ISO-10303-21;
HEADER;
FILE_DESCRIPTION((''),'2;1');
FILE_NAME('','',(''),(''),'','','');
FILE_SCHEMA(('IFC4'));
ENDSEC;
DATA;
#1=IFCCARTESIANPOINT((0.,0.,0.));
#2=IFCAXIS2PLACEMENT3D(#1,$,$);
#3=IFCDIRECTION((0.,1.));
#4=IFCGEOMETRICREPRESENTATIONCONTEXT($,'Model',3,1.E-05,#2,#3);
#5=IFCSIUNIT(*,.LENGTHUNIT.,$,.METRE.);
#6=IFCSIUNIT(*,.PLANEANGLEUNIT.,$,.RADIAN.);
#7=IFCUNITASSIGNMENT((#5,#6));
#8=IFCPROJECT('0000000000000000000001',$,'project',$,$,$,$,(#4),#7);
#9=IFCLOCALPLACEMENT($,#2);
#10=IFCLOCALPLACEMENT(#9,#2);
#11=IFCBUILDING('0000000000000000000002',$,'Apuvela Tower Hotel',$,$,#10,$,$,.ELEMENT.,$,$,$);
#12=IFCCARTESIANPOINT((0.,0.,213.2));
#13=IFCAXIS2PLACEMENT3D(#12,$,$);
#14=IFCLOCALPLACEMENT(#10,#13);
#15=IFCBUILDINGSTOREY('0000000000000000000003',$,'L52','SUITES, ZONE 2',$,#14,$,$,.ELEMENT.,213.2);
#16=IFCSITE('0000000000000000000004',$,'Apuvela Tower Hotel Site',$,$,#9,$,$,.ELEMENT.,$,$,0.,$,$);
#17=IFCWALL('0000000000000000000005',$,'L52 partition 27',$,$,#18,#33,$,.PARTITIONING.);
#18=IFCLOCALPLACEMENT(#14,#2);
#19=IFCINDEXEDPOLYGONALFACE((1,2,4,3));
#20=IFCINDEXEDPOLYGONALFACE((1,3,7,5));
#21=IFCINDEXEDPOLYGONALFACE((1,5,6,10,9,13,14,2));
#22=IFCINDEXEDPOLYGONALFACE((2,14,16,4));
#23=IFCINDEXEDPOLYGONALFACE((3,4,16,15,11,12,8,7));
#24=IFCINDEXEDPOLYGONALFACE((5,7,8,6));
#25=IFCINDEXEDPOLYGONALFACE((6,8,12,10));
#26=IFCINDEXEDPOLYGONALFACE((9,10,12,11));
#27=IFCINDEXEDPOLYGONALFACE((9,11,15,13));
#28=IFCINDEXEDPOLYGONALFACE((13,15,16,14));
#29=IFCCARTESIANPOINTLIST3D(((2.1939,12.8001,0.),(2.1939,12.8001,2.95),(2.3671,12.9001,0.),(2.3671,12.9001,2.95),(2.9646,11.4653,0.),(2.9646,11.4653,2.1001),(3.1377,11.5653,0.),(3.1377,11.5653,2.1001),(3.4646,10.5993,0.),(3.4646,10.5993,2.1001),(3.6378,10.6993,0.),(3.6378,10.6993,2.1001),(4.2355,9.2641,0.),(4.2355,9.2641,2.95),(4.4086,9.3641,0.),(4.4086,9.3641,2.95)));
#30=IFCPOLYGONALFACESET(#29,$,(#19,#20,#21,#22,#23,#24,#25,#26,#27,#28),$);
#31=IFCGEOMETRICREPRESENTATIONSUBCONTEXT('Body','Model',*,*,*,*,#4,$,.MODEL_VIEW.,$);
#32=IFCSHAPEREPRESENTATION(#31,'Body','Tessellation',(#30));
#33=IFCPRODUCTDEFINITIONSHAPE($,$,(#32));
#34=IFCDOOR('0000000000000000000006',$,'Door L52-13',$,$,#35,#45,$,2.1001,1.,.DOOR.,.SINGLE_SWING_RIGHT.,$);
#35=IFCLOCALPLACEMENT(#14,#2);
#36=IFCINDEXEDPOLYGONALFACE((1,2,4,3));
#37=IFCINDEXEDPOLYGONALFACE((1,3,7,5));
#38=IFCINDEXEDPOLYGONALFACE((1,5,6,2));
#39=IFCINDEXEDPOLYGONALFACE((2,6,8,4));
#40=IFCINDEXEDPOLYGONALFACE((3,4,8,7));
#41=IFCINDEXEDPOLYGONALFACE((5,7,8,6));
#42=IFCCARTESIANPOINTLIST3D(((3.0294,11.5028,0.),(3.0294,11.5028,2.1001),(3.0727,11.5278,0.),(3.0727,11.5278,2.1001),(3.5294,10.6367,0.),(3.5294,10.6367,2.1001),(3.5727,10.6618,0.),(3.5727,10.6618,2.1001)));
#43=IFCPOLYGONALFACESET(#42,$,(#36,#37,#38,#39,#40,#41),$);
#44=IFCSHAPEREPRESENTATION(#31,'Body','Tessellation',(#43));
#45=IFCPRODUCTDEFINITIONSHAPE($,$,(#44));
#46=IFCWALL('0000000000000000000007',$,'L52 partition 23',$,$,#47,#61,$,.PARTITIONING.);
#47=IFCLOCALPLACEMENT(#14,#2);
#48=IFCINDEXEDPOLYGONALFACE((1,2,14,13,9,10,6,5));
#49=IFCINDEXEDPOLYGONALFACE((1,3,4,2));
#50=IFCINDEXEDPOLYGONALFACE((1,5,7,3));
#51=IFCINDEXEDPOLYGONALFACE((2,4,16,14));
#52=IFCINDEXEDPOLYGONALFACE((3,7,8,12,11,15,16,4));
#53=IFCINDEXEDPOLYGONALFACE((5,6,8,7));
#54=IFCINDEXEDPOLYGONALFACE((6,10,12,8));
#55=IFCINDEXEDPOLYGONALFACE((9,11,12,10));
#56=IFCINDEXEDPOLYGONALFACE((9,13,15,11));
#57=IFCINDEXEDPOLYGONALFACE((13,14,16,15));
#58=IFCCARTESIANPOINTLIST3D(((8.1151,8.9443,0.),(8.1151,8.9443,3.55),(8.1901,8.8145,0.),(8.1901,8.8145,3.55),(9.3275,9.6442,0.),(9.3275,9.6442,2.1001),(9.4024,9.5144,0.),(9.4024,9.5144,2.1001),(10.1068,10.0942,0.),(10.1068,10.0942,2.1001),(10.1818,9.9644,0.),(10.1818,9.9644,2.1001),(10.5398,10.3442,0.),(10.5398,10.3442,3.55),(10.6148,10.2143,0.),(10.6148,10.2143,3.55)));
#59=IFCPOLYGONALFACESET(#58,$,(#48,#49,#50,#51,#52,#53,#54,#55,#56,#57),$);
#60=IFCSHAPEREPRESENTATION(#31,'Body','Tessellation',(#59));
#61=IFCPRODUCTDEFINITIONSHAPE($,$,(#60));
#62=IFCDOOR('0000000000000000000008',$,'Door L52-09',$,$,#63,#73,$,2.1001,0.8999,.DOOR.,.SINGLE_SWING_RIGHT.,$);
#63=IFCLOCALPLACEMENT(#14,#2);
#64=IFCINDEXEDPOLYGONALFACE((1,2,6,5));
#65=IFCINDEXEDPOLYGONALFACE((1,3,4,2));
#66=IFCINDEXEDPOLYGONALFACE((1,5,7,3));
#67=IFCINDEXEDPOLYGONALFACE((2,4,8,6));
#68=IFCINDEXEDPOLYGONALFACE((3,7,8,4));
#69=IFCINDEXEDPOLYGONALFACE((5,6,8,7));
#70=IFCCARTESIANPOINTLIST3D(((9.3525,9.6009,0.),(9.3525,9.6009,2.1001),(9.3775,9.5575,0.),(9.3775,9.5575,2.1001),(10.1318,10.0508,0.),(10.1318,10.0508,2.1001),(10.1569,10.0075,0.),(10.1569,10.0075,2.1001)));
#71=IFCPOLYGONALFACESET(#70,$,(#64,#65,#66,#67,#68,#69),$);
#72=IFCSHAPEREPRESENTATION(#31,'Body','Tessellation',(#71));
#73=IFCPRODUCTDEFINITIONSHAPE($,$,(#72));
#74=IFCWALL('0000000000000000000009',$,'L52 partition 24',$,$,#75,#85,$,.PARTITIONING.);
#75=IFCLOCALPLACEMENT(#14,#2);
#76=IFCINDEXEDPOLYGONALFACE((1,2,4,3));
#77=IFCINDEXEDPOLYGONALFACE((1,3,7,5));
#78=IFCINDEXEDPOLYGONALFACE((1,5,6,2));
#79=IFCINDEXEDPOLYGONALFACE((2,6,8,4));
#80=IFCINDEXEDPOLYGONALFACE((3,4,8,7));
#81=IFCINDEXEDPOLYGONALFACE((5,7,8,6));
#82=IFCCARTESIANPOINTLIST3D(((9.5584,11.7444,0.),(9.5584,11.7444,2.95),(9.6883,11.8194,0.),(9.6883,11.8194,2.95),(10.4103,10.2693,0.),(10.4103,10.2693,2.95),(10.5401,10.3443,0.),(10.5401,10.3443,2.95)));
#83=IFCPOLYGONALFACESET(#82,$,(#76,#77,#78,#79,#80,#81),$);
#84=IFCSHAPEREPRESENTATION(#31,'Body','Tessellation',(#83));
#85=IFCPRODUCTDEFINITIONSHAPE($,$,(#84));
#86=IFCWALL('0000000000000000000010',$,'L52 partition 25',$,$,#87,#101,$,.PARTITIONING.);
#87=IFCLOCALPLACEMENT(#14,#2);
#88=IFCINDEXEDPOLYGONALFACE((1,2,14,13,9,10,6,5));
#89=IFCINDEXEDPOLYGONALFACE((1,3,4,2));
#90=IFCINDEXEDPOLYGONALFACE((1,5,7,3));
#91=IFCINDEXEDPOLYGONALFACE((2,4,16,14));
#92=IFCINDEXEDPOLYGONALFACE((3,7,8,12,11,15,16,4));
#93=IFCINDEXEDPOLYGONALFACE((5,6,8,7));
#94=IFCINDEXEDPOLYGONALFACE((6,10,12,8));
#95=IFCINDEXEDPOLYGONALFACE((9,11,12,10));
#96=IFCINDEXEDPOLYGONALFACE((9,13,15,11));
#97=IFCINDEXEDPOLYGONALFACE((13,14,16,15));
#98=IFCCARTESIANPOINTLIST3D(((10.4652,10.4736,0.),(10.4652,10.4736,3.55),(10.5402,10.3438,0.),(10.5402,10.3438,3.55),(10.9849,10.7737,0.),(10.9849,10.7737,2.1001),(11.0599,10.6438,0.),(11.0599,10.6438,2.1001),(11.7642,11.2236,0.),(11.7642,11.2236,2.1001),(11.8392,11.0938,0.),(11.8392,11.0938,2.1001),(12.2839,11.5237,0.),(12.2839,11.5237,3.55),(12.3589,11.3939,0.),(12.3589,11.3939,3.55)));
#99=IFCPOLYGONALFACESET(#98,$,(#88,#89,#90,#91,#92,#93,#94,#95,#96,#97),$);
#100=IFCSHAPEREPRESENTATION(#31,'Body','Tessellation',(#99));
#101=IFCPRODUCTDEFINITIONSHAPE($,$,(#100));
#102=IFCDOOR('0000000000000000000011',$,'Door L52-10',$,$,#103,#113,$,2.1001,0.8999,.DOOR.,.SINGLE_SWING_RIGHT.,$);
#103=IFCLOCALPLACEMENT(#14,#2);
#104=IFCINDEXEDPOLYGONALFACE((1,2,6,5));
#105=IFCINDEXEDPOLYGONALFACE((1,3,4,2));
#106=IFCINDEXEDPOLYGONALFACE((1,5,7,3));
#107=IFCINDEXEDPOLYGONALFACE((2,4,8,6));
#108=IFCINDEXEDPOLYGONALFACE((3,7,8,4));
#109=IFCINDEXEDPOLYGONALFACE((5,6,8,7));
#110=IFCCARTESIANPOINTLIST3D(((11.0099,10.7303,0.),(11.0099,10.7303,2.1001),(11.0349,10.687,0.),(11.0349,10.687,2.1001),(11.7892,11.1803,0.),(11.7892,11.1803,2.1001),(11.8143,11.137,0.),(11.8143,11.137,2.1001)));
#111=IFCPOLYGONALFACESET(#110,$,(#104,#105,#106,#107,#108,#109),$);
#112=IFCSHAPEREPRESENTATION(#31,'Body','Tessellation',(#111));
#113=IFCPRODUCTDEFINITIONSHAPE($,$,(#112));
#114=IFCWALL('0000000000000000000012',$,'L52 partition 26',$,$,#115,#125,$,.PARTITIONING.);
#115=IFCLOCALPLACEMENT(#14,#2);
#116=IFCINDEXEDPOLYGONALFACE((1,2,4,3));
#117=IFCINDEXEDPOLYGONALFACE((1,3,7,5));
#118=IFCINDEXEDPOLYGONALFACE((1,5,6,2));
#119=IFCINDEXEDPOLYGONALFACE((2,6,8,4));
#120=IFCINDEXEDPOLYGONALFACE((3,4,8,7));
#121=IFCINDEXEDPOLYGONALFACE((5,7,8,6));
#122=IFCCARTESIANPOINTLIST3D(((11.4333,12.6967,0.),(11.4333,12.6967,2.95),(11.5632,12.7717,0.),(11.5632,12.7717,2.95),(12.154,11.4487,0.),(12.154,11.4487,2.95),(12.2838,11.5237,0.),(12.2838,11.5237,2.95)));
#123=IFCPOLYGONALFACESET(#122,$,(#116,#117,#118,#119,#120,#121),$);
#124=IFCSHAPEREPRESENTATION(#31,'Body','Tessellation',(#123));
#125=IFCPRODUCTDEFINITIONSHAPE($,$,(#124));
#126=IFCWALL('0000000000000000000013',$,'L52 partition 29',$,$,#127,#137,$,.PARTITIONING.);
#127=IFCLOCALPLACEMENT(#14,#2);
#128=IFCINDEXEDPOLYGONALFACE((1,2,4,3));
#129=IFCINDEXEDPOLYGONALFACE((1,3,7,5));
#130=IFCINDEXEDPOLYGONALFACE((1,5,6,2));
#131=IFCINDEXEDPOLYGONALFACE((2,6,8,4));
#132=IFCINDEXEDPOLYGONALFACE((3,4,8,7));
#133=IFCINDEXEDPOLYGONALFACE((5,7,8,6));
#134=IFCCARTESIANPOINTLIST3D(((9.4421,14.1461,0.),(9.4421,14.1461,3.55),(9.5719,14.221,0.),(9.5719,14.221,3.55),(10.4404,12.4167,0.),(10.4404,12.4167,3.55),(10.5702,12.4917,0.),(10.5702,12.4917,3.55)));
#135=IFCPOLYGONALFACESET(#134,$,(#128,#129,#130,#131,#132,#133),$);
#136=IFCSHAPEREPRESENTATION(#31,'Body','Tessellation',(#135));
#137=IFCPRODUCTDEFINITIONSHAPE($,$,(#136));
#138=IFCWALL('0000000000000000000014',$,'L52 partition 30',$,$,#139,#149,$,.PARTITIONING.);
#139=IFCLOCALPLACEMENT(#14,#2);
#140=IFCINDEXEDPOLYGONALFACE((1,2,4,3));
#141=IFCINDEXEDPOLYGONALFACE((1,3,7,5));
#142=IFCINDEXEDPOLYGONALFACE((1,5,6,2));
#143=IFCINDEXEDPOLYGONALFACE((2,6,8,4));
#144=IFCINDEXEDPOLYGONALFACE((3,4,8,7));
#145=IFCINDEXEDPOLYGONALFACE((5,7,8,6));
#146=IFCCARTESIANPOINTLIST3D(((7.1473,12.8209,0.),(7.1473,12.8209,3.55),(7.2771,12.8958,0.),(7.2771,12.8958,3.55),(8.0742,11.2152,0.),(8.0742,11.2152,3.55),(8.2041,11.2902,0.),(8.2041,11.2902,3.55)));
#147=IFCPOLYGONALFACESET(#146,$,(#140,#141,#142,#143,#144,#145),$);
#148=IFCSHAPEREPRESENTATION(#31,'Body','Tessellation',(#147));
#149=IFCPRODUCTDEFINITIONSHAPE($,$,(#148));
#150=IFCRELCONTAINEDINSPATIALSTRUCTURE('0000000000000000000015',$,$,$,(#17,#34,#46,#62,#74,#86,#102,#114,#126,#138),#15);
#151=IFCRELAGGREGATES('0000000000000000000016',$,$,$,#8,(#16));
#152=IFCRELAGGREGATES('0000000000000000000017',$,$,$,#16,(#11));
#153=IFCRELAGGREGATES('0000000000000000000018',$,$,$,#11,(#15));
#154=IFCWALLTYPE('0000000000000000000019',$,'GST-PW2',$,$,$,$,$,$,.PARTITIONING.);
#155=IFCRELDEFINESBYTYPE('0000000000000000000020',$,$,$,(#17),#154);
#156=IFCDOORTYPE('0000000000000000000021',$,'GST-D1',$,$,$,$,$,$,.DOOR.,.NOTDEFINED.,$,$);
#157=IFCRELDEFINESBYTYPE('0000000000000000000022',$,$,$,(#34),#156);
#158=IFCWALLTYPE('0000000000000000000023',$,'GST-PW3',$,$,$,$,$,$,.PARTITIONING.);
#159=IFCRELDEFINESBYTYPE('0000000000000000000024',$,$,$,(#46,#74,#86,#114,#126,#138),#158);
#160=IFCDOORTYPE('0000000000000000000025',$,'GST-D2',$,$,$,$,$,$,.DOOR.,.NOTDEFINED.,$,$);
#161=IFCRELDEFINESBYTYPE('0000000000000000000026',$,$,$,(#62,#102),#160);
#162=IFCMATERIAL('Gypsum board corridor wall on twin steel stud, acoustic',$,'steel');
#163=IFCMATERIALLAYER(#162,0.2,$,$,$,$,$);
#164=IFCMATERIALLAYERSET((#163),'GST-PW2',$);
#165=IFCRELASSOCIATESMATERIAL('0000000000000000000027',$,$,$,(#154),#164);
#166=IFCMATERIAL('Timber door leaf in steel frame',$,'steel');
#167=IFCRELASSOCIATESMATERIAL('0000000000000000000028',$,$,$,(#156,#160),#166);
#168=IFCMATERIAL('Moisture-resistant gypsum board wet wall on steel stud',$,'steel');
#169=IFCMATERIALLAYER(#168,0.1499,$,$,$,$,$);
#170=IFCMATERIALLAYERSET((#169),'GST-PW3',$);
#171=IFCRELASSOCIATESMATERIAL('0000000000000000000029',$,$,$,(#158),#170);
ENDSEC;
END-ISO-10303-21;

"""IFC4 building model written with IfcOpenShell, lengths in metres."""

from ifc_helpers import new_model, si_unit, direction, frame, frame_2d, origin, place, context, subcontext, project, spatial, rectangle, extrude, material, layer, layer_set, type_object, element, fill, save


model = new_model("IFC4")

# Units and contexts
model_context = context("Model", 3, precision=1e-05, world=origin(), true_north=direction((0.0, 1.0)))
body_context = subcontext(model_context, "Body", "Model", "MODEL_VIEW")
ifc_project = project(units=[si_unit("LENGTHUNIT", "METRE"), si_unit("PLANEANGLEUNIT", "RADIAN")], contexts=[model_context])

# Site, building, storey
site_placement = place(None, origin())
site = spatial("IfcSite", under=ifc_project, at=site_placement, Name="Apuvela Tower Hotel Site", CompositionType="ELEMENT", RefElevation=0.0)
building_placement = place(site_placement, origin())
building = spatial("IfcBuilding", under=site, at=building_placement, Name="Apuvela Tower Hotel", CompositionType="ELEMENT")
storey_placement = place(building_placement, frame((0.0, 0.0, 213.2)))
storey = spatial("IfcBuildingStorey", under=building, at=storey_placement, Name="L52", Description="SUITES, ZONE 2", CompositionType="ELEMENT", Elevation=213.2)

# Walls, openings, doors
ifc_material_1 = material(Name="Gypsum board corridor wall on twin steel stud, acoustic", Category="steel")
ifc_layer_1 = layer(ifc_material_1, 0.2)
ifc_layer_set_1 = layer_set([ifc_layer_1], Name="GST-PW2")
wall_type_1 = type_object("IfcWallType", Name="GST-PW2", PredefinedType="PARTITIONING", material=ifc_layer_set_1)
ifc_material_2 = material(Name="Timber door leaf in steel frame", Category="steel")
door_type_1 = type_object("IfcDoorType", Name="GST-D1", OperationType="NOTDEFINED", PredefinedType="DOOR", material=ifc_material_2)
wall_1_placement = place(storey_placement, frame((2.2805, 12.8501, 0.0), z_axis=(0.0, 0.0, 1.0), x_axis=(0.500011, -0.866019, 0.0)))
wall_1 = element("IfcWall", 1, at=wall_1_placement, inside=storey, type_object=wall_type_1, Name="L52 partition 27", PredefinedType="PARTITIONING", context=body_context, shape_type="SweptSolid", body=[
    extrude(rectangle(XDim=4.083, YDim=0.2, at=frame_2d((2.0415, 0.0))), origin(), (0.0, 0.0, 1.0), 2.95),
])
opening_1_placement = place(wall_1_placement, frame((1.5413, 0.0, 0.0)))
opening_1 = element("IfcOpeningElement", 2, at=opening_1_placement, cuts=wall_1, PredefinedType="OPENING", context=body_context, shape_type="SweptSolid", body=[
    extrude(rectangle(XDim=1.0, YDim=2.1001, at=frame_2d((0.5, 1.05))), frame((0.0, 0.1099, 0.0), z_axis=(0.0, -1.0, 0.0), x_axis=(1.0, 0.0, 0.0)), (0.0, 0.0, 1.0), 0.22),
])
door_1_placement = place(opening_1_placement, origin())
door_1 = element("IfcDoor", 3, at=door_1_placement, inside=storey, type_object=door_type_1, Name="Door L52-13", OperationType="SINGLE_SWING_RIGHT", OverallHeight=2.1001, OverallWidth=1.0, PredefinedType="DOOR", context=body_context, shape_type="SweptSolid", body=[
    extrude(rectangle(XDim=1.0, YDim=2.1001, at=frame_2d((0.5, 1.05))), frame((0.0, 0.0249, 0.0), z_axis=(0.0, -1.0, 0.0), x_axis=(1.0, 0.0, 0.0)), (0.0, 0.0, 1.0), 0.05),
])
fill(opening_1, door_1)
ifc_material_3 = material(Name="Moisture-resistant gypsum board wet wall on steel stud", Category="steel")
ifc_layer_2 = layer(ifc_material_3, 0.1499)
ifc_layer_set_2 = layer_set([ifc_layer_2], Name="GST-PW3")
wall_type_2 = type_object("IfcWallType", Name="GST-PW3", PredefinedType="PARTITIONING", material=ifc_layer_set_2)
wall_2_placement = place(storey_placement, frame((8.1526, 8.8794, 0.0), z_axis=(0.0, 0.0, 1.0), x_axis=(0.866035, 0.499984, 0.0)))
wall_2 = element("IfcWall", 4, at=wall_2_placement, inside=storey, type_object=wall_type_2, Name="L52 partition 23", PredefinedType="PARTITIONING", context=body_context, shape_type="SweptSolid", body=[
    extrude(rectangle(XDim=2.7998, YDim=0.1499, at=frame_2d((1.3999, 0.0))), origin(), (0.0, 0.0, 1.0), 3.55),
])
opening_2_placement = place(wall_2_placement, frame((1.3999, 0.0, 0.0)))
opening_2 = element("IfcOpeningElement", 5, at=opening_2_placement, cuts=wall_2, PredefinedType="OPENING", context=body_context, shape_type="SweptSolid", body=[
    extrude(rectangle(XDim=0.8999, YDim=2.1001, at=frame_2d((0.45, 1.05))), frame((0.0, 0.085, 0.0), z_axis=(0.0, -1.0, 0.0), x_axis=(1.0, 0.0, 0.0)), (0.0, 0.0, 1.0), 0.1699),
])
door_type_2 = type_object("IfcDoorType", Name="GST-D2", OperationType="NOTDEFINED", PredefinedType="DOOR", material=ifc_material_2)
door_2_placement = place(opening_2_placement, origin())
door_2 = element("IfcDoor", 6, at=door_2_placement, inside=storey, type_object=door_type_2, Name="Door L52-09", OperationType="SINGLE_SWING_RIGHT", OverallHeight=2.1001, OverallWidth=0.8999, PredefinedType="DOOR", context=body_context, shape_type="SweptSolid", body=[
    extrude(rectangle(XDim=0.8999, YDim=2.1001, at=frame_2d((0.45, 1.05))), frame((0.0, 0.0249, 0.0), z_axis=(0.0, -1.0, 0.0), x_axis=(1.0, 0.0, 0.0)), (0.0, 0.0, 1.0), 0.05),
])
fill(opening_2, door_2)

# Wall
wall_3_placement = place(storey_placement, frame((10.4751, 10.3069, 0.0), z_axis=(0.0, 0.0, 1.0), x_axis=(-0.50007, 0.865985, 0.0)))
element("IfcWall", 7, at=wall_3_placement, inside=storey, type_object=wall_type_2, Name="L52 partition 24", PredefinedType="PARTITIONING", context=body_context, shape_type="SweptSolid", body=[
    extrude(rectangle(XDim=1.7034, YDim=0.1499, at=frame_2d((0.8516, 0.0))), origin(), (0.0, 0.0, 1.0), 2.95),
])

# Wall, opening, door
wall_4_placement = place(storey_placement, frame((10.5027, 10.4087, 0.0), z_axis=(0.0, 0.0, 1.0), x_axis=(0.866009, 0.500028, 0.0)))
wall_4 = element("IfcWall", 8, at=wall_4_placement, inside=storey, type_object=wall_type_2, Name="L52 partition 25", PredefinedType="PARTITIONING", context=body_context, shape_type="SweptSolid", body=[
    extrude(rectangle(XDim=2.1001, YDim=0.1499, at=frame_2d((1.05, 0.0))), origin(), (0.0, 0.0, 1.0), 3.55),
])
opening_3_placement = place(wall_4_placement, frame((0.6001, 0.0, 0.0)))
opening_3 = element("IfcOpeningElement", 9, at=opening_3_placement, cuts=wall_4, PredefinedType="OPENING", context=body_context, shape_type="SweptSolid", body=[
    extrude(rectangle(XDim=0.8999, YDim=2.1001, at=frame_2d((0.45, 1.05))), frame((0.0, 0.085, 0.0), z_axis=(0.0, -1.0, 0.0), x_axis=(1.0, 0.0, 0.0)), (0.0, 0.0, 1.0), 0.1699),
])
door_3_placement = place(opening_3_placement, origin())
door_3 = element("IfcDoor", 10, at=door_3_placement, inside=storey, type_object=door_type_2, Name="Door L52-10", OperationType="SINGLE_SWING_RIGHT", OverallHeight=2.1001, OverallWidth=0.8999, PredefinedType="DOOR", context=body_context, shape_type="SweptSolid", body=[
    extrude(rectangle(XDim=0.8999, YDim=2.1001, at=frame_2d((0.45, 1.05))), frame((0.0, 0.0249, 0.0), z_axis=(0.0, -1.0, 0.0), x_axis=(1.0, 0.0, 0.0)), (0.0, 0.0, 1.0), 0.05),
])
fill(opening_3, door_3)

# Walls
wall_5_placement = place(storey_placement, frame((12.219, 11.4861, 0.0), z_axis=(0.0, 0.0, 1.0), x_axis=(-0.500074, 0.865982, 0.0)))
element("IfcWall", 11, at=wall_5_placement, inside=storey, type_object=wall_type_2, Name="L52 partition 26", PredefinedType="PARTITIONING", context=body_context, shape_type="SweptSolid", body=[
    extrude(rectangle(XDim=1.4412, YDim=0.1499, at=frame_2d((0.7207, 0.0))), origin(), (0.0, 0.0, 1.0), 2.95),
])
wall_6_placement = place(storey_placement, frame((10.5054, 12.4541, 0.0), z_axis=(0.0, 0.0, 1.0), x_axis=(-0.499966, 0.866045, 0.0)))
element("IfcWall", 12, at=wall_6_placement, inside=storey, type_object=wall_type_2, Name="L52 partition 29", PredefinedType="PARTITIONING", context=body_context, shape_type="SweptSolid", body=[
    extrude(rectangle(XDim=1.9968, YDim=0.1499, at=frame_2d((0.9985, 0.0))), origin(), (0.0, 0.0, 1.0), 3.55),
])
wall_7_placement = place(storey_placement, frame((8.1392, 11.2527, 0.0), z_axis=(0.0, 0.0, 1.0), x_axis=(-0.499977, 0.866039, 0.0)))
element("IfcWall", 13, at=wall_7_placement, inside=storey, type_object=wall_type_2, Name="L52 partition 30", PredefinedType="PARTITIONING", context=body_context, shape_type="SweptSolid", body=[
    extrude(rectangle(XDim=1.854, YDim=0.1499, at=frame_2d((0.927, 0.0))), origin(), (0.0, 0.0, 1.0), 3.55),
])

save(model, "model.ifc")
